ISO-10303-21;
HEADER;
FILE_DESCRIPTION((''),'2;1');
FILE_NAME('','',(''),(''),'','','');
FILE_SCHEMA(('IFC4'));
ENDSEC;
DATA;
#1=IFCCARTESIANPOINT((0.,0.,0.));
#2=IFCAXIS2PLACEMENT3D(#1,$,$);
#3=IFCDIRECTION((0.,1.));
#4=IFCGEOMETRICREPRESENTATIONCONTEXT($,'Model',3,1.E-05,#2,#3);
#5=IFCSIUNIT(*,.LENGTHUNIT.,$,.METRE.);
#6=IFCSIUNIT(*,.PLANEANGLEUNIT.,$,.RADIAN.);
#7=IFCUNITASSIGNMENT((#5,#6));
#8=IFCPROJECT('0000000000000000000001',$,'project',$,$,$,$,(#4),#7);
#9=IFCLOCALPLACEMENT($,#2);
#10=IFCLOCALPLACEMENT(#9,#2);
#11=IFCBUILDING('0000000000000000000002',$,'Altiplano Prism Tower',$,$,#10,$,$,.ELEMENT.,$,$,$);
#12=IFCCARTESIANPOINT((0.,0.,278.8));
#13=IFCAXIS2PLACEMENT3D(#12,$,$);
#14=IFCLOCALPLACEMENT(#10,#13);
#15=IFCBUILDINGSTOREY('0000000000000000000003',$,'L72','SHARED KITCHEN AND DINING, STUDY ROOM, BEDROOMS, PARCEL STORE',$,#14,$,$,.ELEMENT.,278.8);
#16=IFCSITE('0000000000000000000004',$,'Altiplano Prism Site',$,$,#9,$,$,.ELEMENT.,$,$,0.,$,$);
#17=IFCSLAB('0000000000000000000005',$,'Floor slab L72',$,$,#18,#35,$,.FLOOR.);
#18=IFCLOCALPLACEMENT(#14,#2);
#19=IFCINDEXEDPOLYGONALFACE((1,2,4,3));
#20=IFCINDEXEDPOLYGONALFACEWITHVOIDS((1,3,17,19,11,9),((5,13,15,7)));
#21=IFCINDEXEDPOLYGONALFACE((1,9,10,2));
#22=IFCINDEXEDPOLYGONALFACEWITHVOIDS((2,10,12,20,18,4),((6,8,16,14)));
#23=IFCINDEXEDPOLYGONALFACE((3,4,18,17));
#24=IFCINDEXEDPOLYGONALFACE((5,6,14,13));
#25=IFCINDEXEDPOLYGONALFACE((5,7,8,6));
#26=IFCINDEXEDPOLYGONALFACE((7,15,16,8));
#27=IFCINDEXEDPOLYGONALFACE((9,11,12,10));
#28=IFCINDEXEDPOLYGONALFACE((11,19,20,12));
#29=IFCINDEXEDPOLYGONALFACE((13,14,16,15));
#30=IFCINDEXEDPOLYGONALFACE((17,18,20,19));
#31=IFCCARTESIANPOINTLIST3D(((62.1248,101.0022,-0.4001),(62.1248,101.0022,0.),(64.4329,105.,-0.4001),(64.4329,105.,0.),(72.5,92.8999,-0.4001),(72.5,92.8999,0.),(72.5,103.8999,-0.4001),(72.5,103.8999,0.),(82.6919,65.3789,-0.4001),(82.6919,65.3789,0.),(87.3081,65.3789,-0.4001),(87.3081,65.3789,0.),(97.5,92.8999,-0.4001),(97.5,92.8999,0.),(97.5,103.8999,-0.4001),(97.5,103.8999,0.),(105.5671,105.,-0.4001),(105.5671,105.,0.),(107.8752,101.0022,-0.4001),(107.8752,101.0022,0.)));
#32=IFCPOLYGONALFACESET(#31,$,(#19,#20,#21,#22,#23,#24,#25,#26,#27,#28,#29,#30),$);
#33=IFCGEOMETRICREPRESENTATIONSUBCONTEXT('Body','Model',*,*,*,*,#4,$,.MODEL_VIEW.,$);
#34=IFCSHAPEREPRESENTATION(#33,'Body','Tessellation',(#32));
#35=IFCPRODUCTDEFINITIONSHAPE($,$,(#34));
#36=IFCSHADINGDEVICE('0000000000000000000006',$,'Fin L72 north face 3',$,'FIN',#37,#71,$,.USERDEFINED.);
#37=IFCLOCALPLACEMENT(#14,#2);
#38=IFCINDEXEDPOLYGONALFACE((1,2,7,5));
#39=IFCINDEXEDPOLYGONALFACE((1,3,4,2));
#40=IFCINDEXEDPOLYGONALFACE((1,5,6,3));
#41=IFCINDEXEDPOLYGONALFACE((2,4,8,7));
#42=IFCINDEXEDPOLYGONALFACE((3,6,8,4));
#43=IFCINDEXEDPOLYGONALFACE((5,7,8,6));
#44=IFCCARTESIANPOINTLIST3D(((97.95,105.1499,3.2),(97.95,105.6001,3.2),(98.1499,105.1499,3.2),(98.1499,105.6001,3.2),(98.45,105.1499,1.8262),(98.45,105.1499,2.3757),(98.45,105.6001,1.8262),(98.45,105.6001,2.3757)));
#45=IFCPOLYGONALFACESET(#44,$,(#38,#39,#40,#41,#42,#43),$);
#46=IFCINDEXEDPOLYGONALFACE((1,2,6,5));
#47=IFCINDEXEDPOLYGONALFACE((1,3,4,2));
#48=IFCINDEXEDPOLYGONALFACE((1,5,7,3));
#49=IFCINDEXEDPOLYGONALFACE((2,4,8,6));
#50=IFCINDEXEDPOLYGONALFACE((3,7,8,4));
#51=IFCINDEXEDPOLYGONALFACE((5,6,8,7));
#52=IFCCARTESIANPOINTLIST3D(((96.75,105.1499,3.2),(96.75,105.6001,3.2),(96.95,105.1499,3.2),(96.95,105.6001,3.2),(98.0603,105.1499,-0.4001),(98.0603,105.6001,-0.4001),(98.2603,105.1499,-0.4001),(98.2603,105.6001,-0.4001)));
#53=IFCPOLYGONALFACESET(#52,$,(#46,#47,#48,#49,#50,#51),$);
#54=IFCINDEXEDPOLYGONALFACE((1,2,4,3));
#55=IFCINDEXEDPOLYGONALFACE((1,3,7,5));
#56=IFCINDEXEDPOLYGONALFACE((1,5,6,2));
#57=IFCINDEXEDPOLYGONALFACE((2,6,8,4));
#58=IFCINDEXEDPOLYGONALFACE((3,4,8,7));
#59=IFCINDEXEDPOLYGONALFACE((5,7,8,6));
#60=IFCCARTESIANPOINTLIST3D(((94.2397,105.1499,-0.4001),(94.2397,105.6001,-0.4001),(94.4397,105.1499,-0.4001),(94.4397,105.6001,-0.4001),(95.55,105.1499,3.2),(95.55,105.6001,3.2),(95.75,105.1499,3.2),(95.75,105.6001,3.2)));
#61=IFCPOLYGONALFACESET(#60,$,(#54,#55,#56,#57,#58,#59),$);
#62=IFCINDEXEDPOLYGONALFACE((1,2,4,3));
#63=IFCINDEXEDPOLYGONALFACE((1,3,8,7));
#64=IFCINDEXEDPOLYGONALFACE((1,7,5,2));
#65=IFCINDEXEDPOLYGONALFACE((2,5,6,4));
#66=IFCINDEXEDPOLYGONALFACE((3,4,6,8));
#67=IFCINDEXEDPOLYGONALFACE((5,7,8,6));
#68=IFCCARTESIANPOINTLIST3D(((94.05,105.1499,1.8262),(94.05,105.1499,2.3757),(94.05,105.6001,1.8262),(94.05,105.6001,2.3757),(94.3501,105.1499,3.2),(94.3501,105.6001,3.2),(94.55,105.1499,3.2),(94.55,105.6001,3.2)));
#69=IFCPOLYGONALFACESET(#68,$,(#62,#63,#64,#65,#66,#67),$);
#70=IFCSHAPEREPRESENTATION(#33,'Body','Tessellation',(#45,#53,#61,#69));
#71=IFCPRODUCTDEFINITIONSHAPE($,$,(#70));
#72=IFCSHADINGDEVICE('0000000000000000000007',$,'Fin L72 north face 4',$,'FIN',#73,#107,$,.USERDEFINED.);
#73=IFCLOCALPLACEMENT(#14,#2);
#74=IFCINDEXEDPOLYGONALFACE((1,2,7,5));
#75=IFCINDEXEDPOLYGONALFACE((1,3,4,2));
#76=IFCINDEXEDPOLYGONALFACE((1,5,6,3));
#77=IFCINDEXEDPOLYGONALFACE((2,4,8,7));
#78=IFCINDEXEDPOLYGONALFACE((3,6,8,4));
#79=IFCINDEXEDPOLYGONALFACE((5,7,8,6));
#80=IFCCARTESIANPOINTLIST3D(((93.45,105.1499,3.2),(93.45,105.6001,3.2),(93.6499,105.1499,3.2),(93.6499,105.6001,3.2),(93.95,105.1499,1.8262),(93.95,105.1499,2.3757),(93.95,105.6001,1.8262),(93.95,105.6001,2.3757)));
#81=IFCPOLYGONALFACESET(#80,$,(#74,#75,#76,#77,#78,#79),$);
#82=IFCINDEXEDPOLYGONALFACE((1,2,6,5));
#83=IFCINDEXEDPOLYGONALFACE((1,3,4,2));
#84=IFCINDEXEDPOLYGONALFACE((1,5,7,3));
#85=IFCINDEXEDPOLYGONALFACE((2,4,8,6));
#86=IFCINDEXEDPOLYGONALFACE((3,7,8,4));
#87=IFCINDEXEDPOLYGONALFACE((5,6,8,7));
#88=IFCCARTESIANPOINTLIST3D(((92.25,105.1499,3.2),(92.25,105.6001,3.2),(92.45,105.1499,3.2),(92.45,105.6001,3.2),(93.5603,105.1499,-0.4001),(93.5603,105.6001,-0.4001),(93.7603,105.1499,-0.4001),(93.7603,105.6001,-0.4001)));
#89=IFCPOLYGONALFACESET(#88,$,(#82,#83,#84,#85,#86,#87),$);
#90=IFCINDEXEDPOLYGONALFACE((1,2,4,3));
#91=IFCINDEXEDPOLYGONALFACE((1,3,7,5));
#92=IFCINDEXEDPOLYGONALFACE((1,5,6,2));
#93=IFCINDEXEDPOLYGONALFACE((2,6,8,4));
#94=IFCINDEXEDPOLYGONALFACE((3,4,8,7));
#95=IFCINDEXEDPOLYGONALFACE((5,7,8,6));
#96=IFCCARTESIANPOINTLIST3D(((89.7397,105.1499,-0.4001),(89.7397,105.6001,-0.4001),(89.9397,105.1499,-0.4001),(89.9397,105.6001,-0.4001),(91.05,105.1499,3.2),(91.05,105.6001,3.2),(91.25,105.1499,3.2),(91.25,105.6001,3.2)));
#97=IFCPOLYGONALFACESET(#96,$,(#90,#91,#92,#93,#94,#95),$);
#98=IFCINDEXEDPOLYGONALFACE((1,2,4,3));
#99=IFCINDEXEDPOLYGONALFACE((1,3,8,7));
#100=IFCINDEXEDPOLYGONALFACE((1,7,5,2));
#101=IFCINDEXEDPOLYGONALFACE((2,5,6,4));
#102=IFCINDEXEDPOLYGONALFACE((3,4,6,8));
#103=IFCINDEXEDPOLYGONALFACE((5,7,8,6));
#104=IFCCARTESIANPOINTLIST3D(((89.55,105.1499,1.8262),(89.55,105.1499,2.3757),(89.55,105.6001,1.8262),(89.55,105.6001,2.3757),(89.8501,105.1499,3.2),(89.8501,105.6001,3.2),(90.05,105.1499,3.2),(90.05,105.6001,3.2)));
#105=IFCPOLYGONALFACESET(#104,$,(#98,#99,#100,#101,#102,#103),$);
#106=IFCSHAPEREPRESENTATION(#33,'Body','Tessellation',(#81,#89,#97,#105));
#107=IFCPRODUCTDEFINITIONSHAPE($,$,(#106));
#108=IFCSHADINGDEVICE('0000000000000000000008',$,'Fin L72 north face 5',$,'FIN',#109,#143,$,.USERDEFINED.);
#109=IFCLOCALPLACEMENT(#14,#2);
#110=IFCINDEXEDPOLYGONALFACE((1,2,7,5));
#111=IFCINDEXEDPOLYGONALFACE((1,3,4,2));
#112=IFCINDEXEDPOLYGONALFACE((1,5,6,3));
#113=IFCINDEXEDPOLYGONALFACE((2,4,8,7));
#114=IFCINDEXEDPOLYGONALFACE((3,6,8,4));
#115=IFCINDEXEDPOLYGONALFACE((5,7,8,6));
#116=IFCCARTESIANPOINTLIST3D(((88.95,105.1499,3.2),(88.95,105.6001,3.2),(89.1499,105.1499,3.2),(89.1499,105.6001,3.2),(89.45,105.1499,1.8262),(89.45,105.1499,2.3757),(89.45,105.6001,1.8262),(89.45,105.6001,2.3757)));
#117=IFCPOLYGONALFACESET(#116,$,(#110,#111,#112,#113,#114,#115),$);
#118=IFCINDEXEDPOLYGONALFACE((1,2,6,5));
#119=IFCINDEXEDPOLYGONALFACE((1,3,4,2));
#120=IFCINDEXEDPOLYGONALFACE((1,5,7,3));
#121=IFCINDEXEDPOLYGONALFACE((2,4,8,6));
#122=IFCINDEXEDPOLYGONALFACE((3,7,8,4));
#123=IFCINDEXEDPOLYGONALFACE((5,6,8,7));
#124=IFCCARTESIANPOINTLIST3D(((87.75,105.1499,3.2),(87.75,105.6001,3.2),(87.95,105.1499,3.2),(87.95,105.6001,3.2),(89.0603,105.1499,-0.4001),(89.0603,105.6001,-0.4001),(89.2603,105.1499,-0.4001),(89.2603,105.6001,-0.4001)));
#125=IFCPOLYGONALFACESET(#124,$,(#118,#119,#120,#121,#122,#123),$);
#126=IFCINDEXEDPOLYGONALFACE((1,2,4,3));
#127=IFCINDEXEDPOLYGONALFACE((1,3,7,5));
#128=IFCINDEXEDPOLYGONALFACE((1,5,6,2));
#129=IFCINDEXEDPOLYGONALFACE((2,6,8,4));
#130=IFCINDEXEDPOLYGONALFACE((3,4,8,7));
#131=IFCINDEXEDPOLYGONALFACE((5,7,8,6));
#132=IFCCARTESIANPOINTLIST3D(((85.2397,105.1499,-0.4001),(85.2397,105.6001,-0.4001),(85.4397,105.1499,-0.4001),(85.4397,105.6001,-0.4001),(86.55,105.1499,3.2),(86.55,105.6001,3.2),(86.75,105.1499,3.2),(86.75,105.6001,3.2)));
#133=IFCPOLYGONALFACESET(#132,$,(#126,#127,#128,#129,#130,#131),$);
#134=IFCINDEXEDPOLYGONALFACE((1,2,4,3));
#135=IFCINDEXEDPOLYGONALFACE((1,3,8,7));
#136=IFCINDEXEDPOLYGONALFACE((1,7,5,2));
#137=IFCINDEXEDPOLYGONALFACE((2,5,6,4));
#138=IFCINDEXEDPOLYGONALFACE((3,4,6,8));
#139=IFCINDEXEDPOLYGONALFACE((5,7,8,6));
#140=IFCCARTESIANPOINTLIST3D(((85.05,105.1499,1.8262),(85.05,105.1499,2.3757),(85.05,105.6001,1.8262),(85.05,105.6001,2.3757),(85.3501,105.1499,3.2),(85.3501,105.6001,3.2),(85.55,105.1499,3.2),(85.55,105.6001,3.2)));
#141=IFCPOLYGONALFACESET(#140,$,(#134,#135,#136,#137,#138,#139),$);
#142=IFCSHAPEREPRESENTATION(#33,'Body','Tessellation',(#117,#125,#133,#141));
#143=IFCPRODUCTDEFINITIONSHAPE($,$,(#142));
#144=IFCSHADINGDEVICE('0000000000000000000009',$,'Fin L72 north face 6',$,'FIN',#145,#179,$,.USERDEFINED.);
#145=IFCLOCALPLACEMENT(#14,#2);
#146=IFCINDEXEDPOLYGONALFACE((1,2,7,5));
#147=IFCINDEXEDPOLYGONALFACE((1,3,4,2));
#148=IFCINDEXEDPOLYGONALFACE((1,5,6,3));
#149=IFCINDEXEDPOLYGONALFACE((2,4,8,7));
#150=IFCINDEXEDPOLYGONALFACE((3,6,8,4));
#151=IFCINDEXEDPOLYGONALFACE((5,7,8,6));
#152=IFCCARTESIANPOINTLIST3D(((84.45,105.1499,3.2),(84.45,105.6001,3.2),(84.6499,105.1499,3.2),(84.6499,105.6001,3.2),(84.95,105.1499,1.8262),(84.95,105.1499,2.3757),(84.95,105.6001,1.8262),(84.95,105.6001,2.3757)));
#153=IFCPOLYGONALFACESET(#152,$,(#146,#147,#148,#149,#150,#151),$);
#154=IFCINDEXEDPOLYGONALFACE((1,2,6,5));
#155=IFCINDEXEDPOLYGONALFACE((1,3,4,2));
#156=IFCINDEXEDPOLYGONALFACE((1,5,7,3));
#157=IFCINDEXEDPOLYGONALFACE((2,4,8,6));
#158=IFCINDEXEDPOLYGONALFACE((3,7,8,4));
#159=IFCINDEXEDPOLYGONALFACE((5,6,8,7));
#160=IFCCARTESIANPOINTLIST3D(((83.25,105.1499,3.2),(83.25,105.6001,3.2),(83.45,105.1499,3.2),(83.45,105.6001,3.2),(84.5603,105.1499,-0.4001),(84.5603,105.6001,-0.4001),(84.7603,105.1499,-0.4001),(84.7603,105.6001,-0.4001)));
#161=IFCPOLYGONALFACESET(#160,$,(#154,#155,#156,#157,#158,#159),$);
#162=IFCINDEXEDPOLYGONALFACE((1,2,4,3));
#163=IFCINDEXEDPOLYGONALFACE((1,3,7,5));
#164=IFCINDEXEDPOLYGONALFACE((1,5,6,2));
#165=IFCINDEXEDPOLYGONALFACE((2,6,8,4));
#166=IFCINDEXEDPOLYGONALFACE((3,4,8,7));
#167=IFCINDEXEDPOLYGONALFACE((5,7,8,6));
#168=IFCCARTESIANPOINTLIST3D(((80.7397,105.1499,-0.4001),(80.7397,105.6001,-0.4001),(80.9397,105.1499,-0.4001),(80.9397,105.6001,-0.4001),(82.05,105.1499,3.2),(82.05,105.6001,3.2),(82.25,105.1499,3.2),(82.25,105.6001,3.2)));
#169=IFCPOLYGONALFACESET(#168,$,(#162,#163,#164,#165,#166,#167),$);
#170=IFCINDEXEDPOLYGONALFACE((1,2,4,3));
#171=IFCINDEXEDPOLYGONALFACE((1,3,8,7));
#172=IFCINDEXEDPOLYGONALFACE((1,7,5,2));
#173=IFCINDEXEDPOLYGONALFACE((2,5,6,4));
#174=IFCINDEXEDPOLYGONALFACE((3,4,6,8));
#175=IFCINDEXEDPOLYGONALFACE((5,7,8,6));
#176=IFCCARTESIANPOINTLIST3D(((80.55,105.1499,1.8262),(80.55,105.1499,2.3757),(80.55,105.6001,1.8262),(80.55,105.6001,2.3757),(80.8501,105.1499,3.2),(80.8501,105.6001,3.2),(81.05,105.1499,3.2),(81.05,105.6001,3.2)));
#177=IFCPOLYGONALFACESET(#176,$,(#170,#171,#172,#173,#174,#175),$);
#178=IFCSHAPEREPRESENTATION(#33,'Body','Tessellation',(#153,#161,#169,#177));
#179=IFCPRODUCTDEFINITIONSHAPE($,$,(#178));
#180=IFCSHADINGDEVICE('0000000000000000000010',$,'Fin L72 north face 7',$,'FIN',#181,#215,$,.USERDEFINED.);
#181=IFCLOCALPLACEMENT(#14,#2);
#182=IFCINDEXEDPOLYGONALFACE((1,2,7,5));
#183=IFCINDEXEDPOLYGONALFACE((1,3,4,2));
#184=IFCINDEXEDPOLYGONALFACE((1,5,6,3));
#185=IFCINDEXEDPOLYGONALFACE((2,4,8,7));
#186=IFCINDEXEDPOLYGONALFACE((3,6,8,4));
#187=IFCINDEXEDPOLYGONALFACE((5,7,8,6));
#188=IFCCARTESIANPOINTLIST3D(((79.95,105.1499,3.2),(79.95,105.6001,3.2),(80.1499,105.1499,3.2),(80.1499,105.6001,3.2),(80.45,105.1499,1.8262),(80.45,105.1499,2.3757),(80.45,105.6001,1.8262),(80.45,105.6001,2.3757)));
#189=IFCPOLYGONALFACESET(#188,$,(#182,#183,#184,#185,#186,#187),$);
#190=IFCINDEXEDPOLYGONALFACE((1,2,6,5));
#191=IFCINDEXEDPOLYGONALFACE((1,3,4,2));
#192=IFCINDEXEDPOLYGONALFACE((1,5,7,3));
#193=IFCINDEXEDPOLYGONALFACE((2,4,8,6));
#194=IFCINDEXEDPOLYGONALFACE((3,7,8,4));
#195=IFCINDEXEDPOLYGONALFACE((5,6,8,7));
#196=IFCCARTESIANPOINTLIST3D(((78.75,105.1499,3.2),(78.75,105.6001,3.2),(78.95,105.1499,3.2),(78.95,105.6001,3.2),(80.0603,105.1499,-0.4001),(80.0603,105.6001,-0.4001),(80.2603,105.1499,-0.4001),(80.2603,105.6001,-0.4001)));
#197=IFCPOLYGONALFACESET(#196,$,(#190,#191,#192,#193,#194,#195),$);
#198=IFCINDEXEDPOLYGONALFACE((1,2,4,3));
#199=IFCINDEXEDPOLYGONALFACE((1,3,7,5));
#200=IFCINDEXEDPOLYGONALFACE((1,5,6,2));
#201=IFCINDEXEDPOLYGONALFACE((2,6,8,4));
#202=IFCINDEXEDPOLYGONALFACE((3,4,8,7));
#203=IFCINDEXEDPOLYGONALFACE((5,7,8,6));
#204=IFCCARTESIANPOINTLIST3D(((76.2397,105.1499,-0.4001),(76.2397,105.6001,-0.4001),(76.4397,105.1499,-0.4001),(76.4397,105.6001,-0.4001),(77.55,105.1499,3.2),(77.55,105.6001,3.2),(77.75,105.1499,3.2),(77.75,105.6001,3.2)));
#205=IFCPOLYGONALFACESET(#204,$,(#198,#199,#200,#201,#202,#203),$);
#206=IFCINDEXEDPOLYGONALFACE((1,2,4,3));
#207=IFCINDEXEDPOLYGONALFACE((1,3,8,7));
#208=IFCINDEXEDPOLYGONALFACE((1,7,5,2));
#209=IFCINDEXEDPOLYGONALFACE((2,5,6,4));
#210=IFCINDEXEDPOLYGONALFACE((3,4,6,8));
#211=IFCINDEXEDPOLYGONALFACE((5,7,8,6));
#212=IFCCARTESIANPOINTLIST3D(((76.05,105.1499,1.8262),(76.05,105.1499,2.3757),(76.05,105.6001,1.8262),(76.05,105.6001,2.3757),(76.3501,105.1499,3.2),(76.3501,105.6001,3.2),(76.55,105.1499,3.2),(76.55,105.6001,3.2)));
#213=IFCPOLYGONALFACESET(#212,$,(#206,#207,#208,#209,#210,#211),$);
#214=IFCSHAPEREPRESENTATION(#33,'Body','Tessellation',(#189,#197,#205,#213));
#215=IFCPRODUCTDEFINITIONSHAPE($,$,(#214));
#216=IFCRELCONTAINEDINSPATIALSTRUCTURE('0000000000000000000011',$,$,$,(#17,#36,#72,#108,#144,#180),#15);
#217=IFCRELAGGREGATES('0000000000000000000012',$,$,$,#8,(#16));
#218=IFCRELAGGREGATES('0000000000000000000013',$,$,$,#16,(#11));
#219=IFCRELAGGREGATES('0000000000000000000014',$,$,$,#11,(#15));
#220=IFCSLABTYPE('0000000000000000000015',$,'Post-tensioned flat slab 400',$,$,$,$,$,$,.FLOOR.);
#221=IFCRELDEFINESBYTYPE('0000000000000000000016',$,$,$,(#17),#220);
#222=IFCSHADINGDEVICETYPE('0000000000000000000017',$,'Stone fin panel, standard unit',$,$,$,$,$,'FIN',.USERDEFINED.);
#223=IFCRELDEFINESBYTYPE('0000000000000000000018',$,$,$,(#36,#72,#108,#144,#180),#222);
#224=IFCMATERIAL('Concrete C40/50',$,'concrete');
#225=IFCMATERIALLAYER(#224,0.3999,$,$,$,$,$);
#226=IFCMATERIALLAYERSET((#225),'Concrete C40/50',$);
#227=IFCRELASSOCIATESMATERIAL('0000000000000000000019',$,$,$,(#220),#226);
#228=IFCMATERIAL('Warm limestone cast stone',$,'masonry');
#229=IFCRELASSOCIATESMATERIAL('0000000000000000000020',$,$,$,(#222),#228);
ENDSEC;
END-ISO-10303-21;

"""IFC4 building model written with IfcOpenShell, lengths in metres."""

from ifc_helpers import new_model, si_unit, direction, frame, origin, place, context, subcontext, project, spatial, polyline, outline, extrude, source, transform, mapped, material, layer, layer_set, type_object, element, save


model = new_model("IFC4")

# Units and contexts
model_context = context("Model", 3, precision=1e-05, world=origin(), true_north=direction((0.0, 1.0)))
body_context = subcontext(model_context, "Body", "Model", "MODEL_VIEW")
ifc_project = project(units=[si_unit("LENGTHUNIT", "METRE"), si_unit("PLANEANGLEUNIT", "RADIAN")], contexts=[model_context])

# Site, building, storey
site_placement = place(None, origin())
site = spatial("IfcSite", under=ifc_project, at=site_placement, Name="Altiplano Prism Site", CompositionType="ELEMENT", RefElevation=0.0)
building_placement = place(site_placement, origin())
building = spatial("IfcBuilding", under=site, at=building_placement, Name="Altiplano Prism Tower", CompositionType="ELEMENT")
storey_placement = place(building_placement, frame((0.0, 0.0, 278.8)))
storey = spatial("IfcBuildingStorey", under=building, at=storey_placement, Name="L72", Description="SHARED KITCHEN AND DINING, STUDY ROOM, BEDROOMS, PARCEL STORE", CompositionType="ELEMENT", Elevation=278.8)

# Slab
ifc_material_1 = material(Name="Concrete C40/50", Category="concrete")
ifc_layer = layer(ifc_material_1, 0.3999)
ifc_layer_set = layer_set([ifc_layer], Name="Concrete C40/50")
slab_type = type_object("IfcSlabType", Name="Post-tensioned flat slab 400", PredefinedType="FLOOR", material=ifc_layer_set)
slab_placement = place(storey_placement, frame((0.0, 0.0, -0.4001)))
element("IfcSlab", 1, at=slab_placement, inside=storey, type_object=slab_type, Name="Floor slab L72", PredefinedType="FLOOR", context=body_context, shape_type="SweptSolid", body=[
    extrude(outline(polyline([(107.8752, 101.0022), (87.3081, 65.3789), (82.6919, 65.3789), (62.1248, 101.0022), (64.4329, 105.0), (105.5671, 105.0), (107.8752, 101.0022)]), holes=[polyline([(97.5, 92.8999), (97.5, 103.8999), (72.5, 103.8999), (72.5, 92.8999), (97.5, 92.8999)])]), origin(), (0.0, 0.0, 1.0), 0.4001),
])

# Shading devices
ifc_material_2 = material(Name="Warm limestone cast stone", Category="masonry")
shading_device_type_1 = type_object("IfcShadingDeviceType", Name="Stone fin panel, standard unit", ElementType="FIN", PredefinedType="USERDEFINED", material=ifc_material_2)
shared_shape_1 = source(origin(), body_context, "Body", "SweptSolid", [
    extrude(outline(polyline([(-2.2, 2.2263), (-1.7, 3.6001), (-1.8999, 3.6001), (-2.2, 2.7759), (-2.2, 2.2263)])), frame((0.0, -0.1499, 0.0), z_axis=(0.0, -1.0, 0.0), x_axis=(1.0, 0.0, 0.0)), (0.0, 0.0, 1.0), 0.4502),
    extrude(outline(polyline([(-2.0103, 0.0), (-1.8103, 0.0), (-0.5, 3.6001), (-0.7, 3.6001), (-2.0103, 0.0)])), frame((0.0, -0.1499, 0.0), z_axis=(0.0, -1.0, 0.0), x_axis=(1.0, 0.0, 0.0)), (0.0, 0.0, 1.0), 0.4502),
    extrude(outline(polyline([(1.8103, 0.0), (2.0103, 0.0), (0.7, 3.6001), (0.5, 3.6001), (1.8103, 0.0)])), frame((0.0, -0.1499, 0.0), z_axis=(0.0, -1.0, 0.0), x_axis=(1.0, 0.0, 0.0)), (0.0, 0.0, 1.0), 0.4502),
    extrude(outline(polyline([(2.2, 2.7759), (1.8999, 3.6001), (1.7, 3.6001), (2.2, 2.2263), (2.2, 2.7759)])), frame((0.0, -0.1499, 0.0), z_axis=(0.0, -1.0, 0.0), x_axis=(1.0, 0.0, 0.0)), (0.0, 0.0, 1.0), 0.4502),
])
shading_device_1_placement = place(storey_placement, origin())
element("IfcShadingDevice", 2, at=shading_device_1_placement, inside=storey, type_object=shading_device_type_1, Name="Fin L72 north face 3", ObjectType="FIN", PredefinedType="USERDEFINED", context=body_context, shape_type="MappedRepresentation", body=[
    mapped(shared_shape_1, transform((96.25, 105.0, -0.4001), x_axis=(-1.0, 0.0, 0.0), y_axis=(0.0, -1.0, 0.0), z_axis=(0.0, 0.0, 1.0))),
])
shading_device_2_placement = place(storey_placement, origin())
element("IfcShadingDevice", 3, at=shading_device_2_placement, inside=storey, type_object=shading_device_type_1, Name="Fin L72 north face 4", ObjectType="FIN", PredefinedType="USERDEFINED", context=body_context, shape_type="MappedRepresentation", body=[
    mapped(shared_shape_1, transform((91.75, 105.0, -0.4001), x_axis=(-1.0, 0.0, 0.0), y_axis=(0.0, -1.0, 0.0), z_axis=(0.0, 0.0, 1.0))),
])
shading_device_3_placement = place(storey_placement, origin())
element("IfcShadingDevice", 4, at=shading_device_3_placement, inside=storey, type_object=shading_device_type_1, Name="Fin L72 north face 5", ObjectType="FIN", PredefinedType="USERDEFINED", context=body_context, shape_type="MappedRepresentation", body=[
    mapped(shared_shape_1, transform((87.25, 105.0, -0.4001), x_axis=(-1.0, 0.0, 0.0), y_axis=(0.0, -1.0, 0.0), z_axis=(0.0, 0.0, 1.0))),
])
shading_device_4_placement = place(storey_placement, origin())
element("IfcShadingDevice", 5, at=shading_device_4_placement, inside=storey, type_object=shading_device_type_1, Name="Fin L72 north face 6", ObjectType="FIN", PredefinedType="USERDEFINED", context=body_context, shape_type="MappedRepresentation", body=[
    mapped(shared_shape_1, transform((82.75, 105.0, -0.4001), x_axis=(-1.0, 0.0, 0.0), y_axis=(0.0, -1.0, 0.0), z_axis=(0.0, 0.0, 1.0))),
])
shading_device_5_placement = place(storey_placement, origin())
element("IfcShadingDevice", 6, at=shading_device_5_placement, inside=storey, type_object=shading_device_type_1, Name="Fin L72 north face 7", ObjectType="FIN", PredefinedType="USERDEFINED", context=body_context, shape_type="MappedRepresentation", body=[
    mapped(shared_shape_1, transform((78.25, 105.0, -0.4001), x_axis=(-1.0, 0.0, 0.0), y_axis=(0.0, -1.0, 0.0), z_axis=(0.0, 0.0, 1.0))),
])

save(model, "model.ifc")
